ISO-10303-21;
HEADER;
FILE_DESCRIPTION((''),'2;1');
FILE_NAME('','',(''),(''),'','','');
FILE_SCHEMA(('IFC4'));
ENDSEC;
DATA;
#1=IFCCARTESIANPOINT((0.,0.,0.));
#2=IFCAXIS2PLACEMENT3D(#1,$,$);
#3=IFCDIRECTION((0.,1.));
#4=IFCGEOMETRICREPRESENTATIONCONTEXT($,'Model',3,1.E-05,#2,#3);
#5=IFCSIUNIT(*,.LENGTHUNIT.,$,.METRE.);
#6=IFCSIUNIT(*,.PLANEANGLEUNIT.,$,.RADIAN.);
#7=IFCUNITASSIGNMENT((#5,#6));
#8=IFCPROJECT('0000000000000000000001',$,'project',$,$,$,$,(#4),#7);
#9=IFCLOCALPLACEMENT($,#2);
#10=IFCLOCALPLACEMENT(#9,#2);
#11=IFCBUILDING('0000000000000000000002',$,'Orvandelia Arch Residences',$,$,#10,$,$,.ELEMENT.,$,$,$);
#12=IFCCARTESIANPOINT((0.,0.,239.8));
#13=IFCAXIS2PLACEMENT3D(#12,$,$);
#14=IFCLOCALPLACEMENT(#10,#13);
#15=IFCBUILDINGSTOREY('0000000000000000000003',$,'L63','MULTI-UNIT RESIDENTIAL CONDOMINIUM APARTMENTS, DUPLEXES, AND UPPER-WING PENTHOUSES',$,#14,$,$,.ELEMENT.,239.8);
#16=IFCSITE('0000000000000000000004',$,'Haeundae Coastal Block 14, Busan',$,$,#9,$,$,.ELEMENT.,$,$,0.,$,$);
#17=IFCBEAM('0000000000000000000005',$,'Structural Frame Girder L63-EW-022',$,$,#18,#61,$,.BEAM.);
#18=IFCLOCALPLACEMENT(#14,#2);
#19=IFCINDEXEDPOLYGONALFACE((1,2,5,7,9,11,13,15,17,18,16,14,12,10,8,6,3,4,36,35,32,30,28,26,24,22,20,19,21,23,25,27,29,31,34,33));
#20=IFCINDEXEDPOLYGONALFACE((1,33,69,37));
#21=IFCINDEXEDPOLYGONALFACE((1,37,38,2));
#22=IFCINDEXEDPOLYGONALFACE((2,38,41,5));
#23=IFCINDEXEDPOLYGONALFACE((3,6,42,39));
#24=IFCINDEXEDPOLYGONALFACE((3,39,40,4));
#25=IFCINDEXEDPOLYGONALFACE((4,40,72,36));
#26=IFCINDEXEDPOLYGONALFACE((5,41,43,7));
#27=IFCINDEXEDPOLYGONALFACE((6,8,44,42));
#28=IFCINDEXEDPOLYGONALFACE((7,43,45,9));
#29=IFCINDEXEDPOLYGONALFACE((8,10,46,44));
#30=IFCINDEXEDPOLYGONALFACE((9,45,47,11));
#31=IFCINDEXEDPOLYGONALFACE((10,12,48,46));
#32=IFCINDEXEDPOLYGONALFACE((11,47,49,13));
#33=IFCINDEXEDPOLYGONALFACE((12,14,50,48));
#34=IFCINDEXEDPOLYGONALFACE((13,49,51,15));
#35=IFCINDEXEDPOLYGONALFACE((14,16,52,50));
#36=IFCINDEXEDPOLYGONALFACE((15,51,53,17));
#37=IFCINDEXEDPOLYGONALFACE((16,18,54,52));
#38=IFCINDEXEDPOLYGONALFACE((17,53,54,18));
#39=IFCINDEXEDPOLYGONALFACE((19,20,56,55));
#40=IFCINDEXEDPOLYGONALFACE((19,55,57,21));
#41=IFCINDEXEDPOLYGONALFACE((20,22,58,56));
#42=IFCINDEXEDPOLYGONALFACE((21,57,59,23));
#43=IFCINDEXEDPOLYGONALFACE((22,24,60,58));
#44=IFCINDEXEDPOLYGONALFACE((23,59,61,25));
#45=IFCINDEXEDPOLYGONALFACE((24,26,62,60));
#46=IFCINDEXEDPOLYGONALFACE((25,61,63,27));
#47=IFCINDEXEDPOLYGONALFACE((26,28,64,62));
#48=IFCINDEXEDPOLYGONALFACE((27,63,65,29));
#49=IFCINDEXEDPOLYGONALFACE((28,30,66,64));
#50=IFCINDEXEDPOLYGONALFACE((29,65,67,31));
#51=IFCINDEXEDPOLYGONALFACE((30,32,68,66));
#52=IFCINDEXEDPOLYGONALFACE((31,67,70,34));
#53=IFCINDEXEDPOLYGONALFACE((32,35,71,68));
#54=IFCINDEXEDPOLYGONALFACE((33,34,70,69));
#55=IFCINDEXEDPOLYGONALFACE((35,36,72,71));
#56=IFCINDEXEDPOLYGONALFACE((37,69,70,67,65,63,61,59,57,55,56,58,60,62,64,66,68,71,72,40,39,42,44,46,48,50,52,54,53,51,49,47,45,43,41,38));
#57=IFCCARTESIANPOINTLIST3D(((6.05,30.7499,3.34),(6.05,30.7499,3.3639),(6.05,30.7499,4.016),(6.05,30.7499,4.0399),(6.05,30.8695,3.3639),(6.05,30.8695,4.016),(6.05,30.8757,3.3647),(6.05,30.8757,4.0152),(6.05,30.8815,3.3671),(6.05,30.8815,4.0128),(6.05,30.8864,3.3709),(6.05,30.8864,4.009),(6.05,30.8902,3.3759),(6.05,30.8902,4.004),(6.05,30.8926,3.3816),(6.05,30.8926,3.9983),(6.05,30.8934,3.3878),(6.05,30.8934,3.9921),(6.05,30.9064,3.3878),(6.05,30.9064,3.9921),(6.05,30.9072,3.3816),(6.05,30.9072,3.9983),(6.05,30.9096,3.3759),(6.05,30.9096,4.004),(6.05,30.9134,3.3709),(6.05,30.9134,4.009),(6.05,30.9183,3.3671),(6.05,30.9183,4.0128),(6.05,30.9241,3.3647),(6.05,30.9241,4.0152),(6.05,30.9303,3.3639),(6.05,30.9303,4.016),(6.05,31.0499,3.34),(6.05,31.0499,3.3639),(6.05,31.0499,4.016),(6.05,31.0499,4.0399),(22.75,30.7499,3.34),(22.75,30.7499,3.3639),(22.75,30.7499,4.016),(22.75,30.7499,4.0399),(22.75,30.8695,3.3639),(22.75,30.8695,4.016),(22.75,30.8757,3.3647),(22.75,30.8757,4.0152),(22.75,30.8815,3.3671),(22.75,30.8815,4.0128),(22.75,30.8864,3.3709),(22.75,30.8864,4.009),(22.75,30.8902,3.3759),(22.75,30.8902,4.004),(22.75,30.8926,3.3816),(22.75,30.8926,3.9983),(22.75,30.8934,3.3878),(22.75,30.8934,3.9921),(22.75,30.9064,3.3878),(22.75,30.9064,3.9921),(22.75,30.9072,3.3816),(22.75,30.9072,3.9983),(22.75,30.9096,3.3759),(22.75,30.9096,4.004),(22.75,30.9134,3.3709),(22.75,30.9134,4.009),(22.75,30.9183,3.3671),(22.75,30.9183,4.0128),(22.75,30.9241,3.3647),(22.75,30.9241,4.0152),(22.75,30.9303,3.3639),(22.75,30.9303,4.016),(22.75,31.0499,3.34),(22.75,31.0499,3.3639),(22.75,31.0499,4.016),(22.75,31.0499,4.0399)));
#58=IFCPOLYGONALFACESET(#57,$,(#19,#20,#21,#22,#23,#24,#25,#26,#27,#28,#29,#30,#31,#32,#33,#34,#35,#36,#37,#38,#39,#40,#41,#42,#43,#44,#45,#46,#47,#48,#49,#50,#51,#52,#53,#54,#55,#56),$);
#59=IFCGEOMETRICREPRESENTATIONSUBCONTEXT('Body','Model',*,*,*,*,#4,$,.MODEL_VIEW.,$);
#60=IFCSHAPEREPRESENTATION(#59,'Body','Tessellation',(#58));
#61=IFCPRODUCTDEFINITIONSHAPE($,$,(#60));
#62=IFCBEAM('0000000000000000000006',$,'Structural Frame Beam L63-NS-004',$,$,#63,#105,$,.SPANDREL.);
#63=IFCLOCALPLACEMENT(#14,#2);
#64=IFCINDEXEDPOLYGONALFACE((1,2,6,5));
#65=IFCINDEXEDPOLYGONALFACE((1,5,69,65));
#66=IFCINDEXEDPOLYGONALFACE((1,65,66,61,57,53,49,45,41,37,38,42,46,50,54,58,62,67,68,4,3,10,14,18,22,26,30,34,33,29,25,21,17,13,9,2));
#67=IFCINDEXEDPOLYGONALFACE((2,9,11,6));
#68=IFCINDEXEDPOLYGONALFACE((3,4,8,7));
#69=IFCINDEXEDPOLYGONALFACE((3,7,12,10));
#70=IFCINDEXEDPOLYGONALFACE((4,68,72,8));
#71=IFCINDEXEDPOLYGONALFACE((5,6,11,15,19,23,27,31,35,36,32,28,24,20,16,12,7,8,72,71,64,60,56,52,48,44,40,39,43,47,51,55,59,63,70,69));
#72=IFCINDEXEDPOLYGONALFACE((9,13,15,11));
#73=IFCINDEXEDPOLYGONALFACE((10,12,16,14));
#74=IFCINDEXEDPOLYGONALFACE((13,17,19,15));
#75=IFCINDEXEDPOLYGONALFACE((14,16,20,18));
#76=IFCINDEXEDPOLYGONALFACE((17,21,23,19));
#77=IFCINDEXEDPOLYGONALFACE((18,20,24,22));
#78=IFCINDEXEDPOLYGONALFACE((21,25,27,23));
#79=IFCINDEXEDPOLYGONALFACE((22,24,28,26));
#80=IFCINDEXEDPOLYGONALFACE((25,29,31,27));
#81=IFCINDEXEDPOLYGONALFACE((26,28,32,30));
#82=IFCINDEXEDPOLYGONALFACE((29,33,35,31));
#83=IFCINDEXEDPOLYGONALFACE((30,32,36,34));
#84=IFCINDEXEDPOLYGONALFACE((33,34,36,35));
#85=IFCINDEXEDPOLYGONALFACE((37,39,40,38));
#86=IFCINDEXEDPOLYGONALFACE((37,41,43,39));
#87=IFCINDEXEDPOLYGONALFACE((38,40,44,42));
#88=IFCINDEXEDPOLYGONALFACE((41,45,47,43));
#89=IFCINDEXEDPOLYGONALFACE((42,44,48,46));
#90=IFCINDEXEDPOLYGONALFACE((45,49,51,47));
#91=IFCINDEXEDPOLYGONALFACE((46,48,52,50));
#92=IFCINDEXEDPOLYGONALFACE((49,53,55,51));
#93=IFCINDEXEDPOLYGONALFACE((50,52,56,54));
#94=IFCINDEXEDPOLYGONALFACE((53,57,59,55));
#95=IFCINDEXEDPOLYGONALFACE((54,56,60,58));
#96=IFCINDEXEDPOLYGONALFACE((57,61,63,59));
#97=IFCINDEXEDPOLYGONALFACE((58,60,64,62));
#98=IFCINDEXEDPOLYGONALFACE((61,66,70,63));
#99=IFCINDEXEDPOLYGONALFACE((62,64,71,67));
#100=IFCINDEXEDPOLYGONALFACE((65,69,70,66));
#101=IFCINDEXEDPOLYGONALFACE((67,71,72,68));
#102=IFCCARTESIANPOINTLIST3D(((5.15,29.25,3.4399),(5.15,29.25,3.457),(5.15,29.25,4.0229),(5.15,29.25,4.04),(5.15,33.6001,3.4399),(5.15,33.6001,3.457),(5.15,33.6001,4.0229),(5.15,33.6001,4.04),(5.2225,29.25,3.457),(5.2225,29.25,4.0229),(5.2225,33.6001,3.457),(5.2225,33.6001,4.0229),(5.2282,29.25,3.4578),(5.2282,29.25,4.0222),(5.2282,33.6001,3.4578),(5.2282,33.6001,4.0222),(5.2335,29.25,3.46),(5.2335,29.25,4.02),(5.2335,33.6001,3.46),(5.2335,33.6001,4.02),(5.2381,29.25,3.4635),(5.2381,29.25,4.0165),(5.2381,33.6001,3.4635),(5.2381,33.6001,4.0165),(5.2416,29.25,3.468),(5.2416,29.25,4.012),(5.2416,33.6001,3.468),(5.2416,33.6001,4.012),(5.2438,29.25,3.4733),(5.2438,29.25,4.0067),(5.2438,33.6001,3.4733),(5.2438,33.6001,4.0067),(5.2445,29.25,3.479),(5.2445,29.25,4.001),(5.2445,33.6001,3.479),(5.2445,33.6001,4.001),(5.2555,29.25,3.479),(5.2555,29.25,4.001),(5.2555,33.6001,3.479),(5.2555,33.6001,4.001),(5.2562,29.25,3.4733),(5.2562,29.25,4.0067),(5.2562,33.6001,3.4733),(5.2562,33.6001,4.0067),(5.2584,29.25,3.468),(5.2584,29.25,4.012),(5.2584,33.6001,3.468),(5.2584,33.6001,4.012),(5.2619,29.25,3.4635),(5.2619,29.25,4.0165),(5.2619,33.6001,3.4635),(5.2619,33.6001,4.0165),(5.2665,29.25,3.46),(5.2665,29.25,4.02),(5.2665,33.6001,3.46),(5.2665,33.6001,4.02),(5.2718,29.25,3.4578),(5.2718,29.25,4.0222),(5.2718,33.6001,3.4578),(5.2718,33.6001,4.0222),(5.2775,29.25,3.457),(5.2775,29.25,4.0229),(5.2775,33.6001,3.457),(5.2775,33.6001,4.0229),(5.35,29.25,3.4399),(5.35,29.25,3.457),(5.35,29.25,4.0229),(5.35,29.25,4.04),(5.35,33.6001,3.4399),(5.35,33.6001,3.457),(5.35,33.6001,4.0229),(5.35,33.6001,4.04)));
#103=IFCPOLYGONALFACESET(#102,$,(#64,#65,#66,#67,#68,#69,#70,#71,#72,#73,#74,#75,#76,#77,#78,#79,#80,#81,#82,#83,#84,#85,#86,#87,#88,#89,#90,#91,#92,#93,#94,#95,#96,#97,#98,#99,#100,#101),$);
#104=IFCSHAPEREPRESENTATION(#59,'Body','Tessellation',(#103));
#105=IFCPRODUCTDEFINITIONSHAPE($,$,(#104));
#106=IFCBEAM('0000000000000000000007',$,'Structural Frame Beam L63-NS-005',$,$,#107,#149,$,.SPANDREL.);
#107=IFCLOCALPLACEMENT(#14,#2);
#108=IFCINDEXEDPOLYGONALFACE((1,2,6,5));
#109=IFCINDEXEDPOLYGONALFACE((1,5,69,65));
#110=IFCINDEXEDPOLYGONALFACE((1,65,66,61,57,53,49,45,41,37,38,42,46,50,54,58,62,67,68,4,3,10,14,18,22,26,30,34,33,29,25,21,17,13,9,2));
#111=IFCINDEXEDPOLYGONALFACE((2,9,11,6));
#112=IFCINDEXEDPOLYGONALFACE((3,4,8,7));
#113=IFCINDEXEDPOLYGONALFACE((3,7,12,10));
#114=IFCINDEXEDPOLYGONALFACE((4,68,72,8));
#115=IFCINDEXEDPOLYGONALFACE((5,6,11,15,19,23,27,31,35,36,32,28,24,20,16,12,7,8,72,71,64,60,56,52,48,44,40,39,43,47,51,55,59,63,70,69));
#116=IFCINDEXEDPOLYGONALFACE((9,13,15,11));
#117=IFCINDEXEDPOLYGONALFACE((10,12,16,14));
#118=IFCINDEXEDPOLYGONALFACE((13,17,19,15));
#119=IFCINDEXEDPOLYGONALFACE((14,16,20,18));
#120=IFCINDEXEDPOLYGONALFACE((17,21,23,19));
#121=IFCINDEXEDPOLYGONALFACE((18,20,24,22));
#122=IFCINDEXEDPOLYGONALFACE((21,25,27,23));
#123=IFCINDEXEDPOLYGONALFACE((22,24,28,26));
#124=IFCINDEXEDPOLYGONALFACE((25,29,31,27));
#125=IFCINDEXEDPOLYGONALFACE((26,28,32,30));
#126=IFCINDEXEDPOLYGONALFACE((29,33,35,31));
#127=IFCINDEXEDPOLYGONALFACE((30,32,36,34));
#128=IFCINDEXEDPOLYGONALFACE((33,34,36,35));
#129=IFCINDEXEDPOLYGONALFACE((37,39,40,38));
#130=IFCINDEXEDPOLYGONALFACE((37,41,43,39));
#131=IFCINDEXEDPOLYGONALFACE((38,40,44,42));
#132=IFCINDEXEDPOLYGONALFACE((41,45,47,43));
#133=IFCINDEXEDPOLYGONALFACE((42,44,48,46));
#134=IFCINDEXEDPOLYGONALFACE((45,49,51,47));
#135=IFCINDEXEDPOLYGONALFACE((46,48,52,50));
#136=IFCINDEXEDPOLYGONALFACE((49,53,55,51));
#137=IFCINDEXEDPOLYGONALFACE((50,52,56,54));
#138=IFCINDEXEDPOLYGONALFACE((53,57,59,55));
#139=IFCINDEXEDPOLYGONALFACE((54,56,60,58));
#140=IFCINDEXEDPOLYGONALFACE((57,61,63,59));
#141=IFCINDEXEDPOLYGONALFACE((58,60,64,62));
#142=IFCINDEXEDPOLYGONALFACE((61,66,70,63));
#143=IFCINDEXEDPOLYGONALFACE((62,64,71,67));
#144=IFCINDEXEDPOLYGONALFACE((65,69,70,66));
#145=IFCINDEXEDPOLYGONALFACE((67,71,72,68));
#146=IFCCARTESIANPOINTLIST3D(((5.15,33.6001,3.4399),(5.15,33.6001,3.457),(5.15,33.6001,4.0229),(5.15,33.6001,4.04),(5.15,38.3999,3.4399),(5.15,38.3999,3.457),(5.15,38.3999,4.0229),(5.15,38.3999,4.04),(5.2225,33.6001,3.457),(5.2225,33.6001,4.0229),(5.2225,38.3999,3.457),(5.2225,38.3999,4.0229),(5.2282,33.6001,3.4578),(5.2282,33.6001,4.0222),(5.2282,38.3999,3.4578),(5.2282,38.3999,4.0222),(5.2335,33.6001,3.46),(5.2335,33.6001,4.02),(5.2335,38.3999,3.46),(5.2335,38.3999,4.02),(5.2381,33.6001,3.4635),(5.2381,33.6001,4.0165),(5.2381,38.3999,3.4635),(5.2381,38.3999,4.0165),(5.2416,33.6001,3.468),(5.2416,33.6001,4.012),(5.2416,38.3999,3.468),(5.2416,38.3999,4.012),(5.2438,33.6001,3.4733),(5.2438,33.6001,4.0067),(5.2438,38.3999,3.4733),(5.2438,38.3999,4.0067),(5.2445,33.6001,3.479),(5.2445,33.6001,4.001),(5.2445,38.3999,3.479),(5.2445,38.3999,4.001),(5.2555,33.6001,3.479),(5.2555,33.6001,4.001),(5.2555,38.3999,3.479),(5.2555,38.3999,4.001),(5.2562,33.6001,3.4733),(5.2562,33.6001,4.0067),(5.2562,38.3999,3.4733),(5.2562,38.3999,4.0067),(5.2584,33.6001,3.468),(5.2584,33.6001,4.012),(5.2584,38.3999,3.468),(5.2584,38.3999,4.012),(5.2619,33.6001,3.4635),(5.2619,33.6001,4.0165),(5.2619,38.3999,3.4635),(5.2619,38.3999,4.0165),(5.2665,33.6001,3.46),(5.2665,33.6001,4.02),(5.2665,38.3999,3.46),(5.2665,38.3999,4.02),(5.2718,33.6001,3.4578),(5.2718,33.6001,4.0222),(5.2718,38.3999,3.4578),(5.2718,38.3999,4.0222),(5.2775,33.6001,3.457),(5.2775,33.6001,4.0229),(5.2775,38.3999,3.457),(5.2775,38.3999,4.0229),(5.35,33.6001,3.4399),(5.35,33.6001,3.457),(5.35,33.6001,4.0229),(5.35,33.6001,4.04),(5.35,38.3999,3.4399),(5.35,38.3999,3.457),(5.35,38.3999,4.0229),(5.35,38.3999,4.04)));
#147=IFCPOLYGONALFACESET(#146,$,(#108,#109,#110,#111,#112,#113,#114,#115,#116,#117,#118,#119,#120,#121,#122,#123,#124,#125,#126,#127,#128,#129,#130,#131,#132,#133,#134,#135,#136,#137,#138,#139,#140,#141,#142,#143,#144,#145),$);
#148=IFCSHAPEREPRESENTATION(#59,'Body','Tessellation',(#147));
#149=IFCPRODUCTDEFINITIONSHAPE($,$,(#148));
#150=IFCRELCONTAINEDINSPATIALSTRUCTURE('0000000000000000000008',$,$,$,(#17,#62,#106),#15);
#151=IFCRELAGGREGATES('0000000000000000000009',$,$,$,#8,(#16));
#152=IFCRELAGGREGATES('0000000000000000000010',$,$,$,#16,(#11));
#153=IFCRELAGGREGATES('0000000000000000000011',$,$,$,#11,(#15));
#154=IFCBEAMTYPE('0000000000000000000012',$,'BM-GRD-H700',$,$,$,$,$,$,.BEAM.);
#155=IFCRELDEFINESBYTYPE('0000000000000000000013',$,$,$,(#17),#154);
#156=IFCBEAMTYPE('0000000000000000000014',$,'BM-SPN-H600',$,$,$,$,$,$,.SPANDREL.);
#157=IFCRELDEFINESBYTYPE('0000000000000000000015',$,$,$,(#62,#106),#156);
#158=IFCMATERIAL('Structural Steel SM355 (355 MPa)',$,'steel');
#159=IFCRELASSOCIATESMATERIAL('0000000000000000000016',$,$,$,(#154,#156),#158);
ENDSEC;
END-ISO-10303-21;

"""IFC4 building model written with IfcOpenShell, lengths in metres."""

from ifc_helpers import new_model, si_unit, direction, frame, origin, origin_2d, place, context, subcontext, project, spatial, i_section, extrude, material, material_profile, profile_set, type_object, element, save


model = new_model("IFC4")

# Units and contexts
model_context = context("Model", 3, precision=1e-05, world=origin(), true_north=direction((0.0, 1.0)))
body_context = subcontext(model_context, "Body", "Model", "MODEL_VIEW")
ifc_project = project(units=[si_unit("LENGTHUNIT", "METRE"), si_unit("PLANEANGLEUNIT", "RADIAN")], contexts=[model_context])

# Site, building, storey
site_placement = place(None, origin())
site = spatial("IfcSite", under=ifc_project, at=site_placement, Name="Haeundae Coastal Block 14, Busan", CompositionType="ELEMENT", RefElevation=0.0)
building_placement = place(site_placement, origin())
building = spatial("IfcBuilding", under=site, at=building_placement, Name="Orvandelia Arch Residences", CompositionType="ELEMENT")
storey_placement = place(building_placement, frame((0.0, 0.0, 239.8)))
storey = spatial("IfcBuildingStorey", under=building, at=storey_placement, Name="L63", Description="MULTI-UNIT RESIDENTIAL CONDOMINIUM APARTMENTS, DUPLEXES, AND UPPER-WING PENTHOUSES", CompositionType="ELEMENT", Elevation=239.8)

# Beams
ifc_material_1 = material(Name="Structural Steel SM355 (355 MPa)", Category="steel")
ifc_material_profile_1 = material_profile(ifc_material_1, i_section(OverallWidth=0.3, OverallDepth=0.7, WebThickness=0.0129, FlangeThickness=0.0239, FilletRadius=0.0239, at=origin_2d()), Name="Structural Steel SM355 (355 MPa)", Category="steel")
ifc_profile_set_1 = profile_set([ifc_material_profile_1], Name="Structural Steel SM355 (355 MPa)")
beam_type_1 = type_object("IfcBeamType", Name="BM-GRD-H700", PredefinedType="BEAM", material=ifc_profile_set_1)
beam_1_placement = place(storey_placement, frame((6.05, 30.8999, 3.6899), z_axis=(1.0, 0.0, 0.0), x_axis=(0.0, 1.0, 0.0)))
element("IfcBeam", 1, at=beam_1_placement, inside=storey, type_object=beam_type_1, Name="Structural Frame Girder L63-EW-022", PredefinedType="BEAM", context=body_context, shape_type="SweptSolid", body=[
    extrude(i_section(OverallWidth=0.3, OverallDepth=0.7, WebThickness=0.0129, FlangeThickness=0.0239, FilletRadius=0.0239, at=origin_2d()), origin(), (0.0, 0.0, 1.0), 16.7),
])
ifc_material_profile_2 = material_profile(ifc_material_1, i_section(OverallWidth=0.2, OverallDepth=0.6001, WebThickness=0.011, FlangeThickness=0.0171, FilletRadius=0.022, at=origin_2d()), Name="Structural Steel SM355 (355 MPa)", Category="steel")
ifc_profile_set_2 = profile_set([ifc_material_profile_2], Name="Structural Steel SM355 (355 MPa)")
beam_type_2 = type_object("IfcBeamType", Name="BM-SPN-H600", PredefinedType="SPANDREL", material=ifc_profile_set_2)
beam_2_placement = place(storey_placement, frame((5.25, 29.25, 3.74), z_axis=(0.0, 1.0, 0.0), x_axis=(-1.0, 0.0, 0.0)))
element("IfcBeam", 2, at=beam_2_placement, inside=storey, type_object=beam_type_2, Name="Structural Frame Beam L63-NS-004", PredefinedType="SPANDREL", context=body_context, shape_type="SweptSolid", body=[
    extrude(i_section(OverallWidth=0.2, OverallDepth=0.6001, WebThickness=0.011, FlangeThickness=0.0171, FilletRadius=0.022, at=origin_2d()), origin(), (0.0, 0.0, 1.0), 4.3501),
])
beam_3_placement = place(storey_placement, frame((5.25, 33.6001, 3.74), z_axis=(0.0, 1.0, 0.0), x_axis=(-1.0, 0.0, 0.0)))
element("IfcBeam", 3, at=beam_3_placement, inside=storey, type_object=beam_type_2, Name="Structural Frame Beam L63-NS-005", PredefinedType="SPANDREL", context=body_context, shape_type="SweptSolid", body=[
    extrude(i_section(OverallWidth=0.2, OverallDepth=0.6001, WebThickness=0.011, FlangeThickness=0.0171, FilletRadius=0.022, at=origin_2d()), origin(), (0.0, 0.0, 1.0), 4.7998),
])

save(model, "model.ifc")
